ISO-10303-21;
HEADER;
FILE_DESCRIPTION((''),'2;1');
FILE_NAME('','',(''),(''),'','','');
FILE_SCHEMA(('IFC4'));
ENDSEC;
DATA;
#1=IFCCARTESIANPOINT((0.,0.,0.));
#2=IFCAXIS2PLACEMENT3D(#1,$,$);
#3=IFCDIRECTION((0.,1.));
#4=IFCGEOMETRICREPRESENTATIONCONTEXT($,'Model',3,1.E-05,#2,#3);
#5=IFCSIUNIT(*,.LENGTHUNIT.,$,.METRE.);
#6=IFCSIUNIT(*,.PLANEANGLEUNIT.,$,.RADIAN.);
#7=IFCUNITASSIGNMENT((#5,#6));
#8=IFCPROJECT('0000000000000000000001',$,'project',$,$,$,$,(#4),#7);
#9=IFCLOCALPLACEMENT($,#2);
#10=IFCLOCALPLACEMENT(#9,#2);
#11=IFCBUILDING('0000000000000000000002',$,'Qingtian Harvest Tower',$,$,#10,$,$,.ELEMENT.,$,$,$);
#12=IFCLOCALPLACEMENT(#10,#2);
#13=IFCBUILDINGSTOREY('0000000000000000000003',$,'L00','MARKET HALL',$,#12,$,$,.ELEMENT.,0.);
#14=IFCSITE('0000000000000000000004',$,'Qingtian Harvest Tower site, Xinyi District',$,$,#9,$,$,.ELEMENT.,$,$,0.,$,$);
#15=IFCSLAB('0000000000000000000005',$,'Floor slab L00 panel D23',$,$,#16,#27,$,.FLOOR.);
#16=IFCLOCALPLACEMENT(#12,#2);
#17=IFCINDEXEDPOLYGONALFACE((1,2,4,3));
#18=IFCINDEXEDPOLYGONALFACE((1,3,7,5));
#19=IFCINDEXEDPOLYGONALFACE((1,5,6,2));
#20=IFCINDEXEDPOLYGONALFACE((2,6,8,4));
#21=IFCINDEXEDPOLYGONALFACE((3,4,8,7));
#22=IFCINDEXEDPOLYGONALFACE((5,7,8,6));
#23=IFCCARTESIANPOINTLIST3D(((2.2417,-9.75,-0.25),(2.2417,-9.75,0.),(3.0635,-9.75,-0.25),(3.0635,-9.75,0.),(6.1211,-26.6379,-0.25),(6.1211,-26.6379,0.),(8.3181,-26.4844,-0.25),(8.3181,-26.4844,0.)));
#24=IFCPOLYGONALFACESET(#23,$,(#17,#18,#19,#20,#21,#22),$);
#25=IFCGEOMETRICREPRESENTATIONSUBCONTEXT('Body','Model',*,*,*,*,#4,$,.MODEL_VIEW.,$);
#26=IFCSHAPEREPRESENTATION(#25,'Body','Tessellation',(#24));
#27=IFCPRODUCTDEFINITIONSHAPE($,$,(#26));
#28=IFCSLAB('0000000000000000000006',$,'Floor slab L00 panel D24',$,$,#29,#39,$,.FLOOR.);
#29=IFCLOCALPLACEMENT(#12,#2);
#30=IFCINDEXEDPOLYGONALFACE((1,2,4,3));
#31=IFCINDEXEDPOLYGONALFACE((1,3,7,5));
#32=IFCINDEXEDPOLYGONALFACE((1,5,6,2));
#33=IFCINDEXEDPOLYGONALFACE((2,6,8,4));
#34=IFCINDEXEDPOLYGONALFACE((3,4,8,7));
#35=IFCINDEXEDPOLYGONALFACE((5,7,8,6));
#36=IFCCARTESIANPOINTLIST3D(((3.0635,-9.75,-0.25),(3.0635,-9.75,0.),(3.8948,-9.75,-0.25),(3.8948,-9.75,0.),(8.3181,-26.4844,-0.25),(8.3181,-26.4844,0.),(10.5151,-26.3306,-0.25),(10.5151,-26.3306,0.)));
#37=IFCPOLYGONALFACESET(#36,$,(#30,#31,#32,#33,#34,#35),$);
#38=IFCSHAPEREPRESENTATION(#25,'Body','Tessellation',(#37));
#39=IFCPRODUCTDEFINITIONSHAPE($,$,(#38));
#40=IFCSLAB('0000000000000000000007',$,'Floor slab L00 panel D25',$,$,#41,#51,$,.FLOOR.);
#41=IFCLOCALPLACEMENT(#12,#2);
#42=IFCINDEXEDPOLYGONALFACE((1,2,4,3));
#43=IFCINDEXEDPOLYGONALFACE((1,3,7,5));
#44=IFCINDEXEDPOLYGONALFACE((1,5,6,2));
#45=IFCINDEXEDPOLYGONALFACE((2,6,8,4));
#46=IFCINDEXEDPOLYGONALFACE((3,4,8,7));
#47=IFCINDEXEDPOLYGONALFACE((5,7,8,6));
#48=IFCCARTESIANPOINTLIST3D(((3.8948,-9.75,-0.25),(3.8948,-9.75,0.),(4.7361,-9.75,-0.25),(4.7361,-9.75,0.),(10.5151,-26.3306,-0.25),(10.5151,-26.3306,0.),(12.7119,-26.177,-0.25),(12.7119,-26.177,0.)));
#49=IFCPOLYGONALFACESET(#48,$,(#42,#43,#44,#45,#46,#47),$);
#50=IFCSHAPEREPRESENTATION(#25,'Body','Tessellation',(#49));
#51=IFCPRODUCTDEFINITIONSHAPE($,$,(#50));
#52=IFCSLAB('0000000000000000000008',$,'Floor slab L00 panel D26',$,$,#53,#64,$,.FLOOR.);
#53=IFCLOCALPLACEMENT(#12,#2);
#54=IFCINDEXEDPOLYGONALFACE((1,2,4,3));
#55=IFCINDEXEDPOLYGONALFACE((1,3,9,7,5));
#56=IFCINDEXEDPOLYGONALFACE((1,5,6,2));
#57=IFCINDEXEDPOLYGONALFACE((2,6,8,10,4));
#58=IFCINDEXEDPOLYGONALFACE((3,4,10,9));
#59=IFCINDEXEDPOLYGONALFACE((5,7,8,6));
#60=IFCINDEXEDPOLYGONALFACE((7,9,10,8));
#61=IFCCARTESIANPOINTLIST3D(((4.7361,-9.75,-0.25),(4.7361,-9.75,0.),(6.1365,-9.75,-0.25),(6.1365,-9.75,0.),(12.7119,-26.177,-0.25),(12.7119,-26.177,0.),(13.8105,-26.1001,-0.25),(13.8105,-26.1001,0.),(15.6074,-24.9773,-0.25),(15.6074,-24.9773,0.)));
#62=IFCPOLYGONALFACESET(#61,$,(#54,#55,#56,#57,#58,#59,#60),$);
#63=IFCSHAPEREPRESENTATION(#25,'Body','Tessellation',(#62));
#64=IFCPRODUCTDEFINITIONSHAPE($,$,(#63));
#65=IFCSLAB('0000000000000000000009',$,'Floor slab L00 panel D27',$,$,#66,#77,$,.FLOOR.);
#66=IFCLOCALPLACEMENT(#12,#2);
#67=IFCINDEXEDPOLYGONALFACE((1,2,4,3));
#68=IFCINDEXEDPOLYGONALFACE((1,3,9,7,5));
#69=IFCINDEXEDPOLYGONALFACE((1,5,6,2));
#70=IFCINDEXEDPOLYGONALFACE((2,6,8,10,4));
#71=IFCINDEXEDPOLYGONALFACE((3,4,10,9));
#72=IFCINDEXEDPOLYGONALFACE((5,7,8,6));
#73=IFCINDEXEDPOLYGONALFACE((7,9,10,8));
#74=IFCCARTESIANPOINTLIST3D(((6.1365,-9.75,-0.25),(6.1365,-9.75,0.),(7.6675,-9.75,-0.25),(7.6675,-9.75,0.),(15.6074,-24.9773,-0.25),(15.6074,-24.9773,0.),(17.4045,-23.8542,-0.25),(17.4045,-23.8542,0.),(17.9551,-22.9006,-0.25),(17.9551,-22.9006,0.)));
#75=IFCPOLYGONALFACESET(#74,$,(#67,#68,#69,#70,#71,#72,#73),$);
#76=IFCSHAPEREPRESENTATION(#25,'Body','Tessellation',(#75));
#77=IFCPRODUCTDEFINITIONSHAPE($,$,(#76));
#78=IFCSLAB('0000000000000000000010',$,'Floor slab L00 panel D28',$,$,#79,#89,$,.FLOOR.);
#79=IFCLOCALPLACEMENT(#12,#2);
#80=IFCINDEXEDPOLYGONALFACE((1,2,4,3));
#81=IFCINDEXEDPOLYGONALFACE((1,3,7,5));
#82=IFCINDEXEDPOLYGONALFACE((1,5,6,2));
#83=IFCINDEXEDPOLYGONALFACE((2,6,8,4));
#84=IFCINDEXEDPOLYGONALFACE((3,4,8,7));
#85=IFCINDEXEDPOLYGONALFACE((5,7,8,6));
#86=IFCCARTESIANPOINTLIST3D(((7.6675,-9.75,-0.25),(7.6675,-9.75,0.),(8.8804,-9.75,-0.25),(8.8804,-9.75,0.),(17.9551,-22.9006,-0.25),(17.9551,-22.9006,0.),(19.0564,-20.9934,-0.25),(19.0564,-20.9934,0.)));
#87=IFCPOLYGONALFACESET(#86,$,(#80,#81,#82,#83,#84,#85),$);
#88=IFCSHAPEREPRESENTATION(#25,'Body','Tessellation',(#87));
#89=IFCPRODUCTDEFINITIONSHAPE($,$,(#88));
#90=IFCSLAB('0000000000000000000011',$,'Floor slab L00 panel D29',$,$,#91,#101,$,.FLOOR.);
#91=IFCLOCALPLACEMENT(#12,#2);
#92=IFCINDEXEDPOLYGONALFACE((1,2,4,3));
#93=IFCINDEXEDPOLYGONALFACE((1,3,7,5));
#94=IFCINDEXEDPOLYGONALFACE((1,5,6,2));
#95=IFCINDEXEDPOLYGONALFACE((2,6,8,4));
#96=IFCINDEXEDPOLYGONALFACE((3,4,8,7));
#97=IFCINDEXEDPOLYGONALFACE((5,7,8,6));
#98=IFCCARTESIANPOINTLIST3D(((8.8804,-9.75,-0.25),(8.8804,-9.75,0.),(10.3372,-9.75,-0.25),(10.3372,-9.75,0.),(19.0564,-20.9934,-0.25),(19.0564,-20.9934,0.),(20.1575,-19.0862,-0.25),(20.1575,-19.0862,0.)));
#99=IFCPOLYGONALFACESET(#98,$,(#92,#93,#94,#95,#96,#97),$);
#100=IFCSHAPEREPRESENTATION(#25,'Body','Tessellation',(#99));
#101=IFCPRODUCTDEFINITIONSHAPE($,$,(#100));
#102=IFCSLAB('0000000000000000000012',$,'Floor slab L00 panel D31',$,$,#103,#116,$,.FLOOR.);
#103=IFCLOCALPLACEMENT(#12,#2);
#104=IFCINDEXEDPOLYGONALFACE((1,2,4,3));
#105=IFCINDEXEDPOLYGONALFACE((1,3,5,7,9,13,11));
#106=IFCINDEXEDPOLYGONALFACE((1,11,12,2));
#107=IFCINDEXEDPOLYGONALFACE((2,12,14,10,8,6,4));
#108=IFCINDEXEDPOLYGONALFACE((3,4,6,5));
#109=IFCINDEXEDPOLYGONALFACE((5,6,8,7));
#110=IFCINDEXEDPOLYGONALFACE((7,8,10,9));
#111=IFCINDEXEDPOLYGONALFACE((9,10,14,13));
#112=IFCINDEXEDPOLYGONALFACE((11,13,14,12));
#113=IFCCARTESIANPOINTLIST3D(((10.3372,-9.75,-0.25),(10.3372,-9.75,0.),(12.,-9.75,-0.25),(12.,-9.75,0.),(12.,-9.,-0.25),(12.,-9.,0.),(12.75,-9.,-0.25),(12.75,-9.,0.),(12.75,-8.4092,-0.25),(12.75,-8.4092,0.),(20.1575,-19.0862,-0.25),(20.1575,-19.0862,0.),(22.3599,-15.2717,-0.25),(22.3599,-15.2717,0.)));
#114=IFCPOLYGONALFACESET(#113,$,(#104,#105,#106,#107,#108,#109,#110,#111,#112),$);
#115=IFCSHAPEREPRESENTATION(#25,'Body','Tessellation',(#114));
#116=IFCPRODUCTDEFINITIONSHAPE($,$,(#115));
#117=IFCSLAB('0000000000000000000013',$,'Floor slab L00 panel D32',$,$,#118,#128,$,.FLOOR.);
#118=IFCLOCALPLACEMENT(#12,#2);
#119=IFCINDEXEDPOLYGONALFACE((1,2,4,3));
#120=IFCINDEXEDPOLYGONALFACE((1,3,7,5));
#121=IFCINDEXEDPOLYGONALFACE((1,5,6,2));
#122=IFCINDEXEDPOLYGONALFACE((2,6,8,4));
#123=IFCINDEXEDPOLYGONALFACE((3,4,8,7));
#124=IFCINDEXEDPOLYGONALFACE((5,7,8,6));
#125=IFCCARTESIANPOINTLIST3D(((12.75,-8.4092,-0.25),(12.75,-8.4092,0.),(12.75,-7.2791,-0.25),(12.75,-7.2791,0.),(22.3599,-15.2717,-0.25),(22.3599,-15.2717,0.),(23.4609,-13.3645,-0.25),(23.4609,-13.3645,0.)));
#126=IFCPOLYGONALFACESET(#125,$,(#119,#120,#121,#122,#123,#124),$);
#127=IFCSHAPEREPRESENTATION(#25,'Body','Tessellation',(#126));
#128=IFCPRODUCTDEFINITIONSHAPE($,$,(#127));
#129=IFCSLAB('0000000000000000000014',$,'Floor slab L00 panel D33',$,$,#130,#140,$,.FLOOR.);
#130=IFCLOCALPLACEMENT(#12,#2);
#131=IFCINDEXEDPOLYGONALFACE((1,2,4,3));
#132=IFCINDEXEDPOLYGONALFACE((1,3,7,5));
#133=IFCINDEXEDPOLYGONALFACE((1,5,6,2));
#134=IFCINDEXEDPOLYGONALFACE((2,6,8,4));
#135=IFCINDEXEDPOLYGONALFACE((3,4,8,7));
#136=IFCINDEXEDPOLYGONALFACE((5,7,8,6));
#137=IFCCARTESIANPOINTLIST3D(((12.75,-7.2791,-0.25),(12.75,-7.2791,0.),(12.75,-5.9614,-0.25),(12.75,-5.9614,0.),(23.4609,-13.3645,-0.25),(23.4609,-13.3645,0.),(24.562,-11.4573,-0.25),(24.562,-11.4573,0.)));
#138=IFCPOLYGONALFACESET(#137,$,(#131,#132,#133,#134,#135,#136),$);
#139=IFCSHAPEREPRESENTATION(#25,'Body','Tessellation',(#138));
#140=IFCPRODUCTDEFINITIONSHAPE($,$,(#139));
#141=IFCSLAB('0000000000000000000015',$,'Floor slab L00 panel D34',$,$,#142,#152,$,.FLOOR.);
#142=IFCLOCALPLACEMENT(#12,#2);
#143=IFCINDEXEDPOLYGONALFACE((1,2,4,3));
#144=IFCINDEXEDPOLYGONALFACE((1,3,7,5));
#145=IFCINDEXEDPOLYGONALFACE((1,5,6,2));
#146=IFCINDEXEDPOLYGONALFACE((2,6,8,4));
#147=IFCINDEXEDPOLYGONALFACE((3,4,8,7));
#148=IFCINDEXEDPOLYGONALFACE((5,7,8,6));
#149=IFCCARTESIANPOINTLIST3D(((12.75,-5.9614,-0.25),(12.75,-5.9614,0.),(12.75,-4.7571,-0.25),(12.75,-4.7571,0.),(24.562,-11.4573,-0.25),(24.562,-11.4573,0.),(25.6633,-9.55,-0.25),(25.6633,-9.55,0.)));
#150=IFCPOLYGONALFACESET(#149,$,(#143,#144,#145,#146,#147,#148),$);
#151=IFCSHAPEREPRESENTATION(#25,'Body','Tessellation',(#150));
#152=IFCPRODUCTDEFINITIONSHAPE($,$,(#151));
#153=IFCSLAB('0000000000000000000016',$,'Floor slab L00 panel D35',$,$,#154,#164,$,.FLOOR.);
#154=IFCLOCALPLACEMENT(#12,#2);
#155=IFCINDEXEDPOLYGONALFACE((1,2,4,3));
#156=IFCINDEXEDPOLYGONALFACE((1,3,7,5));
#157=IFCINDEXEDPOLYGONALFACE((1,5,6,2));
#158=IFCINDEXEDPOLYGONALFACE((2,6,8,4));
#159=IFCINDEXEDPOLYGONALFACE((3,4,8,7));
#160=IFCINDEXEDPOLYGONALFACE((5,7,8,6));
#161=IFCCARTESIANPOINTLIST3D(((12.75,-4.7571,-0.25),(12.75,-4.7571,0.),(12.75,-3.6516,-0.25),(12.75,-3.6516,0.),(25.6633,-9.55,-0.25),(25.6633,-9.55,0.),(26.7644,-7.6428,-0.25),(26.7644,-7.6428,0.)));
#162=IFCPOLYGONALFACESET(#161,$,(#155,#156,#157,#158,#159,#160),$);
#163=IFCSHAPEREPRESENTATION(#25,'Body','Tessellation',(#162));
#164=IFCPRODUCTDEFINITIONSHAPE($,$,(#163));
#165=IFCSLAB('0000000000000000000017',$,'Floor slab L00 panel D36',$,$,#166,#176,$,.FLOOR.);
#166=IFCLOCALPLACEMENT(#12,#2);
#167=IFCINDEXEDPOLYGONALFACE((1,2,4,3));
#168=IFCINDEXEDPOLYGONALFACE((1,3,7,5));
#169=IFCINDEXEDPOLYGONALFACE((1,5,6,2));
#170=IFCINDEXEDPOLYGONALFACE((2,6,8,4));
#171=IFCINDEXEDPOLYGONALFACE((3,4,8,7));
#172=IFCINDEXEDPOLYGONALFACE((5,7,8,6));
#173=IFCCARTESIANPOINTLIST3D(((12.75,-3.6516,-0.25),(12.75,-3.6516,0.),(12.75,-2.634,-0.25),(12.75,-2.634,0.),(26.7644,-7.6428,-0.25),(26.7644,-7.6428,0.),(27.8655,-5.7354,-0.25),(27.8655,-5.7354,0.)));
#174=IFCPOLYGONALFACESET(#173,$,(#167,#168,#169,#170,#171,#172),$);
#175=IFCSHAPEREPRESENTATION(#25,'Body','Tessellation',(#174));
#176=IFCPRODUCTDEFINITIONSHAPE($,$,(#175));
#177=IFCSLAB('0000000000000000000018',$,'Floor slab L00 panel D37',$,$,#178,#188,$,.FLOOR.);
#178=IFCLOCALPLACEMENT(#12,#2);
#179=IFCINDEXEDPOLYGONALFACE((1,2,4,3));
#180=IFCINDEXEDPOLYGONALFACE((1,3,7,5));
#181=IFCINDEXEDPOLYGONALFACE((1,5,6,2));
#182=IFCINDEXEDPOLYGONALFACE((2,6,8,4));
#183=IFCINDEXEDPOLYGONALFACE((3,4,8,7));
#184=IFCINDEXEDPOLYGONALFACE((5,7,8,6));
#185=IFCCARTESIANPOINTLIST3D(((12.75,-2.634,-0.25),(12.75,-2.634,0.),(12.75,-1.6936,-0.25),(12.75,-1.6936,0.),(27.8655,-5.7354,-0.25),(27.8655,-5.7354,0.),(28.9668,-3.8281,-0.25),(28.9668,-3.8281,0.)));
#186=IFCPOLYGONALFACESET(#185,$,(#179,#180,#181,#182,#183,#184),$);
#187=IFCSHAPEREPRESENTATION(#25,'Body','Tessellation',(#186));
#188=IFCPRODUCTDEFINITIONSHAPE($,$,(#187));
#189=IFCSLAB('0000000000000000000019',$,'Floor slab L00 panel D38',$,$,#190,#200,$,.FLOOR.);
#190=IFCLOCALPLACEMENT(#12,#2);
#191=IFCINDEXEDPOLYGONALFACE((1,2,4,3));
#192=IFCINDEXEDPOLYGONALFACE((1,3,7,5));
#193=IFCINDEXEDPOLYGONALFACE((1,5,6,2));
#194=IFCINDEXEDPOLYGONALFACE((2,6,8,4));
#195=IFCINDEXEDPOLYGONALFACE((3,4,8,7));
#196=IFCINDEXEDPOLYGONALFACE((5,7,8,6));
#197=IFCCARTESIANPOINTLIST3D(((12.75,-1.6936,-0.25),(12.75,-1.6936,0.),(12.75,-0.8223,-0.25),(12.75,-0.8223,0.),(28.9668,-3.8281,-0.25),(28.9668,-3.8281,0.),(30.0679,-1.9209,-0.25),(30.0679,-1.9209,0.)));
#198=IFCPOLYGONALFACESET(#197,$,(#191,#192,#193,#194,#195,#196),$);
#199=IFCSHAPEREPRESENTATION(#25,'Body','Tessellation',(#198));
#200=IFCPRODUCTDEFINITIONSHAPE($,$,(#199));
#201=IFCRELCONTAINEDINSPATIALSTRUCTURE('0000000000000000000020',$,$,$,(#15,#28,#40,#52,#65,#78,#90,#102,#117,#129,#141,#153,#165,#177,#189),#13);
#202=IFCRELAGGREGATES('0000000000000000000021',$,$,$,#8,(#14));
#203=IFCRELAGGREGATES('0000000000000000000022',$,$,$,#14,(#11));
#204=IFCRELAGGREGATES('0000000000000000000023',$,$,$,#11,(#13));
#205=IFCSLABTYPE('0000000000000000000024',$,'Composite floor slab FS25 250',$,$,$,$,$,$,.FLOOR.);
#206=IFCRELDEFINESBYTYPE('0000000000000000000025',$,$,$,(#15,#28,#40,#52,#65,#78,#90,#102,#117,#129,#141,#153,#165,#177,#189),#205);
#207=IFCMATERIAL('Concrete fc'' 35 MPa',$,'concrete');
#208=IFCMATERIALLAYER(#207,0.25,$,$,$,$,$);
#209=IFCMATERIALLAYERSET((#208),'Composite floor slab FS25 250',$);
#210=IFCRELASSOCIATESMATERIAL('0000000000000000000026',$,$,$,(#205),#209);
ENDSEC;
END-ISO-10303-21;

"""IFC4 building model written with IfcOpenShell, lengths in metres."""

from ifc_helpers import new_model, si_unit, direction, frame, origin, place, context, subcontext, project, spatial, polyline, outline, extrude, material, layer, layer_set, type_object, element, save


model = new_model("IFC4")

# Units and contexts
model_context = context("Model", 3, precision=1e-05, world=origin(), true_north=direction((0.0, 1.0)))
body_context = subcontext(model_context, "Body", "Model", "MODEL_VIEW")
ifc_project = project(units=[si_unit("LENGTHUNIT", "METRE"), si_unit("PLANEANGLEUNIT", "RADIAN")], contexts=[model_context])

# Site, building, storey
site_placement = place(None, origin())
site = spatial("IfcSite", under=ifc_project, at=site_placement, Name="Qingtian Harvest Tower site, Xinyi District", CompositionType="ELEMENT", RefElevation=0.0)
building_placement = place(site_placement, origin())
building = spatial("IfcBuilding", under=site, at=building_placement, Name="Qingtian Harvest Tower", CompositionType="ELEMENT")
storey_placement = place(building_placement, origin())
storey = spatial("IfcBuildingStorey", under=building, at=storey_placement, Name="L00", Description="MARKET HALL", CompositionType="ELEMENT", Elevation=0.0)

# Slabs
ifc_material = material(Name="Concrete fc' 35 MPa", Category="concrete")
ifc_layer = layer(ifc_material, 0.25)
ifc_layer_set = layer_set([ifc_layer], Name="Composite floor slab FS25 250")
slab_type = type_object("IfcSlabType", Name="Composite floor slab FS25 250", PredefinedType="FLOOR", material=ifc_layer_set)
slab_1_placement = place(storey_placement, frame((0.0, 0.0, -0.25)))
element("IfcSlab", 1, at=slab_1_placement, inside=storey, type_object=slab_type, Name="Floor slab L00 panel D23", PredefinedType="FLOOR", context=body_context, shape_type="SweptSolid", body=[
    extrude(outline(polyline([(3.0635, -9.75), (8.3181, -26.4844), (6.1211, -26.6379), (2.2417, -9.75), (3.0635, -9.75)])), origin(), (0.0, 0.0, 1.0), 0.25),
])
slab_2_placement = place(storey_placement, frame((0.0, 0.0, -0.25)))
element("IfcSlab", 2, at=slab_2_placement, inside=storey, type_object=slab_type, Name="Floor slab L00 panel D24", PredefinedType="FLOOR", context=body_context, shape_type="SweptSolid", body=[
    extrude(outline(polyline([(3.8948, -9.75), (10.5151, -26.3306), (8.3181, -26.4844), (3.0635, -9.75), (3.8948, -9.75)])), origin(), (0.0, 0.0, 1.0), 0.25),
])
slab_3_placement = place(storey_placement, frame((0.0, 0.0, -0.25)))
element("IfcSlab", 3, at=slab_3_placement, inside=storey, type_object=slab_type, Name="Floor slab L00 panel D25", PredefinedType="FLOOR", context=body_context, shape_type="SweptSolid", body=[
    extrude(outline(polyline([(4.7361, -9.75), (12.7119, -26.177), (10.5151, -26.3306), (3.8948, -9.75), (4.7361, -9.75)])), origin(), (0.0, 0.0, 1.0), 0.25),
])
slab_4_placement = place(storey_placement, frame((0.0, 0.0, -0.25)))
element("IfcSlab", 4, at=slab_4_placement, inside=storey, type_object=slab_type, Name="Floor slab L00 panel D26", PredefinedType="FLOOR", context=body_context, shape_type="SweptSolid", body=[
    extrude(outline(polyline([(4.7361, -9.75), (6.1365, -9.75), (15.6074, -24.9773), (13.8105, -26.1001), (12.7119, -26.177), (4.7361, -9.75)])), origin(), (0.0, 0.0, 1.0), 0.25),
])
slab_5_placement = place(storey_placement, frame((0.0, 0.0, -0.25)))
element("IfcSlab", 5, at=slab_5_placement, inside=storey, type_object=slab_type, Name="Floor slab L00 panel D27", PredefinedType="FLOOR", context=body_context, shape_type="SweptSolid", body=[
    extrude(outline(polyline([(6.1365, -9.75), (7.6675, -9.75), (17.9551, -22.9006), (17.4045, -23.8542), (15.6074, -24.9773), (6.1365, -9.75)])), origin(), (0.0, 0.0, 1.0), 0.25),
])
slab_6_placement = place(storey_placement, frame((0.0, 0.0, -0.25)))
element("IfcSlab", 6, at=slab_6_placement, inside=storey, type_object=slab_type, Name="Floor slab L00 panel D28", PredefinedType="FLOOR", context=body_context, shape_type="SweptSolid", body=[
    extrude(outline(polyline([(8.8804, -9.75), (19.0564, -20.9934), (17.9551, -22.9006), (7.6675, -9.75), (8.8804, -9.75)])), origin(), (0.0, 0.0, 1.0), 0.25),
])
slab_7_placement = place(storey_placement, frame((0.0, 0.0, -0.25)))
element("IfcSlab", 7, at=slab_7_placement, inside=storey, type_object=slab_type, Name="Floor slab L00 panel D29", PredefinedType="FLOOR", context=body_context, shape_type="SweptSolid", body=[
    extrude(outline(polyline([(10.3372, -9.75), (20.1575, -19.0862), (19.0564, -20.9934), (8.8804, -9.75), (10.3372, -9.75)])), origin(), (0.0, 0.0, 1.0), 0.25),
])
slab_8_placement = place(storey_placement, frame((0.0, 0.0, -0.25)))
element("IfcSlab", 8, at=slab_8_placement, inside=storey, type_object=slab_type, Name="Floor slab L00 panel D31", PredefinedType="FLOOR", context=body_context, shape_type="SweptSolid", body=[
    extrude(outline(polyline([(12.75, -8.4092), (22.3599, -15.2717), (20.1575, -19.0862), (10.3372, -9.75), (12.0, -9.75), (12.0, -9.0), (12.75, -9.0), (12.75, -8.4092)])), origin(), (0.0, 0.0, 1.0), 0.25),
])
slab_9_placement = place(storey_placement, frame((0.0, 0.0, -0.25)))
element("IfcSlab", 9, at=slab_9_placement, inside=storey, type_object=slab_type, Name="Floor slab L00 panel D32", PredefinedType="FLOOR", context=body_context, shape_type="SweptSolid", body=[
    extrude(outline(polyline([(12.75, -7.2791), (23.4609, -13.3645), (22.3599, -15.2717), (12.75, -8.4092), (12.75, -7.2791)])), origin(), (0.0, 0.0, 1.0), 0.25),
])
slab_10_placement = place(storey_placement, frame((0.0, 0.0, -0.25)))
element("IfcSlab", 10, at=slab_10_placement, inside=storey, type_object=slab_type, Name="Floor slab L00 panel D33", PredefinedType="FLOOR", context=body_context, shape_type="SweptSolid", body=[
    extrude(outline(polyline([(12.75, -5.9614), (24.562, -11.4573), (23.4609, -13.3645), (12.75, -7.2791), (12.75, -5.9614)])), origin(), (0.0, 0.0, 1.0), 0.25),
])
slab_11_placement = place(storey_placement, frame((0.0, 0.0, -0.25)))
element("IfcSlab", 11, at=slab_11_placement, inside=storey, type_object=slab_type, Name="Floor slab L00 panel D34", PredefinedType="FLOOR", context=body_context, shape_type="SweptSolid", body=[
    extrude(outline(polyline([(12.75, -4.7571), (25.6633, -9.55), (24.562, -11.4573), (12.75, -5.9614), (12.75, -4.7571)])), origin(), (0.0, 0.0, 1.0), 0.25),
])
slab_12_placement = place(storey_placement, frame((0.0, 0.0, -0.25)))
element("IfcSlab", 12, at=slab_12_placement, inside=storey, type_object=slab_type, Name="Floor slab L00 panel D35", PredefinedType="FLOOR", context=body_context, shape_type="SweptSolid", body=[
    extrude(outline(polyline([(12.75, -3.6516), (26.7644, -7.6428), (25.6633, -9.55), (12.75, -4.7571), (12.75, -3.6516)])), origin(), (0.0, 0.0, 1.0), 0.25),
])
slab_13_placement = place(storey_placement, frame((0.0, 0.0, -0.25)))
element("IfcSlab", 13, at=slab_13_placement, inside=storey, type_object=slab_type, Name="Floor slab L00 panel D36", PredefinedType="FLOOR", context=body_context, shape_type="SweptSolid", body=[
    extrude(outline(polyline([(12.75, -2.634), (27.8655, -5.7354), (26.7644, -7.6428), (12.75, -3.6516), (12.75, -2.634)])), origin(), (0.0, 0.0, 1.0), 0.25),
])
slab_14_placement = place(storey_placement, frame((0.0, 0.0, -0.25)))
element("IfcSlab", 14, at=slab_14_placement, inside=storey, type_object=slab_type, Name="Floor slab L00 panel D37", PredefinedType="FLOOR", context=body_context, shape_type="SweptSolid", body=[
    extrude(outline(polyline([(12.75, -1.6936), (28.9668, -3.8281), (27.8655, -5.7354), (12.75, -2.634), (12.75, -1.6936)])), origin(), (0.0, 0.0, 1.0), 0.25),
])
slab_15_placement = place(storey_placement, frame((0.0, 0.0, -0.25)))
element("IfcSlab", 15, at=slab_15_placement, inside=storey, type_object=slab_type, Name="Floor slab L00 panel D38", PredefinedType="FLOOR", context=body_context, shape_type="SweptSolid", body=[
    extrude(outline(polyline([(12.75, -0.8223), (30.0679, -1.9209), (28.9668, -3.8281), (12.75, -1.6936), (12.75, -0.8223)])), origin(), (0.0, 0.0, 1.0), 0.25),
])

save(model, "model.ifc")
